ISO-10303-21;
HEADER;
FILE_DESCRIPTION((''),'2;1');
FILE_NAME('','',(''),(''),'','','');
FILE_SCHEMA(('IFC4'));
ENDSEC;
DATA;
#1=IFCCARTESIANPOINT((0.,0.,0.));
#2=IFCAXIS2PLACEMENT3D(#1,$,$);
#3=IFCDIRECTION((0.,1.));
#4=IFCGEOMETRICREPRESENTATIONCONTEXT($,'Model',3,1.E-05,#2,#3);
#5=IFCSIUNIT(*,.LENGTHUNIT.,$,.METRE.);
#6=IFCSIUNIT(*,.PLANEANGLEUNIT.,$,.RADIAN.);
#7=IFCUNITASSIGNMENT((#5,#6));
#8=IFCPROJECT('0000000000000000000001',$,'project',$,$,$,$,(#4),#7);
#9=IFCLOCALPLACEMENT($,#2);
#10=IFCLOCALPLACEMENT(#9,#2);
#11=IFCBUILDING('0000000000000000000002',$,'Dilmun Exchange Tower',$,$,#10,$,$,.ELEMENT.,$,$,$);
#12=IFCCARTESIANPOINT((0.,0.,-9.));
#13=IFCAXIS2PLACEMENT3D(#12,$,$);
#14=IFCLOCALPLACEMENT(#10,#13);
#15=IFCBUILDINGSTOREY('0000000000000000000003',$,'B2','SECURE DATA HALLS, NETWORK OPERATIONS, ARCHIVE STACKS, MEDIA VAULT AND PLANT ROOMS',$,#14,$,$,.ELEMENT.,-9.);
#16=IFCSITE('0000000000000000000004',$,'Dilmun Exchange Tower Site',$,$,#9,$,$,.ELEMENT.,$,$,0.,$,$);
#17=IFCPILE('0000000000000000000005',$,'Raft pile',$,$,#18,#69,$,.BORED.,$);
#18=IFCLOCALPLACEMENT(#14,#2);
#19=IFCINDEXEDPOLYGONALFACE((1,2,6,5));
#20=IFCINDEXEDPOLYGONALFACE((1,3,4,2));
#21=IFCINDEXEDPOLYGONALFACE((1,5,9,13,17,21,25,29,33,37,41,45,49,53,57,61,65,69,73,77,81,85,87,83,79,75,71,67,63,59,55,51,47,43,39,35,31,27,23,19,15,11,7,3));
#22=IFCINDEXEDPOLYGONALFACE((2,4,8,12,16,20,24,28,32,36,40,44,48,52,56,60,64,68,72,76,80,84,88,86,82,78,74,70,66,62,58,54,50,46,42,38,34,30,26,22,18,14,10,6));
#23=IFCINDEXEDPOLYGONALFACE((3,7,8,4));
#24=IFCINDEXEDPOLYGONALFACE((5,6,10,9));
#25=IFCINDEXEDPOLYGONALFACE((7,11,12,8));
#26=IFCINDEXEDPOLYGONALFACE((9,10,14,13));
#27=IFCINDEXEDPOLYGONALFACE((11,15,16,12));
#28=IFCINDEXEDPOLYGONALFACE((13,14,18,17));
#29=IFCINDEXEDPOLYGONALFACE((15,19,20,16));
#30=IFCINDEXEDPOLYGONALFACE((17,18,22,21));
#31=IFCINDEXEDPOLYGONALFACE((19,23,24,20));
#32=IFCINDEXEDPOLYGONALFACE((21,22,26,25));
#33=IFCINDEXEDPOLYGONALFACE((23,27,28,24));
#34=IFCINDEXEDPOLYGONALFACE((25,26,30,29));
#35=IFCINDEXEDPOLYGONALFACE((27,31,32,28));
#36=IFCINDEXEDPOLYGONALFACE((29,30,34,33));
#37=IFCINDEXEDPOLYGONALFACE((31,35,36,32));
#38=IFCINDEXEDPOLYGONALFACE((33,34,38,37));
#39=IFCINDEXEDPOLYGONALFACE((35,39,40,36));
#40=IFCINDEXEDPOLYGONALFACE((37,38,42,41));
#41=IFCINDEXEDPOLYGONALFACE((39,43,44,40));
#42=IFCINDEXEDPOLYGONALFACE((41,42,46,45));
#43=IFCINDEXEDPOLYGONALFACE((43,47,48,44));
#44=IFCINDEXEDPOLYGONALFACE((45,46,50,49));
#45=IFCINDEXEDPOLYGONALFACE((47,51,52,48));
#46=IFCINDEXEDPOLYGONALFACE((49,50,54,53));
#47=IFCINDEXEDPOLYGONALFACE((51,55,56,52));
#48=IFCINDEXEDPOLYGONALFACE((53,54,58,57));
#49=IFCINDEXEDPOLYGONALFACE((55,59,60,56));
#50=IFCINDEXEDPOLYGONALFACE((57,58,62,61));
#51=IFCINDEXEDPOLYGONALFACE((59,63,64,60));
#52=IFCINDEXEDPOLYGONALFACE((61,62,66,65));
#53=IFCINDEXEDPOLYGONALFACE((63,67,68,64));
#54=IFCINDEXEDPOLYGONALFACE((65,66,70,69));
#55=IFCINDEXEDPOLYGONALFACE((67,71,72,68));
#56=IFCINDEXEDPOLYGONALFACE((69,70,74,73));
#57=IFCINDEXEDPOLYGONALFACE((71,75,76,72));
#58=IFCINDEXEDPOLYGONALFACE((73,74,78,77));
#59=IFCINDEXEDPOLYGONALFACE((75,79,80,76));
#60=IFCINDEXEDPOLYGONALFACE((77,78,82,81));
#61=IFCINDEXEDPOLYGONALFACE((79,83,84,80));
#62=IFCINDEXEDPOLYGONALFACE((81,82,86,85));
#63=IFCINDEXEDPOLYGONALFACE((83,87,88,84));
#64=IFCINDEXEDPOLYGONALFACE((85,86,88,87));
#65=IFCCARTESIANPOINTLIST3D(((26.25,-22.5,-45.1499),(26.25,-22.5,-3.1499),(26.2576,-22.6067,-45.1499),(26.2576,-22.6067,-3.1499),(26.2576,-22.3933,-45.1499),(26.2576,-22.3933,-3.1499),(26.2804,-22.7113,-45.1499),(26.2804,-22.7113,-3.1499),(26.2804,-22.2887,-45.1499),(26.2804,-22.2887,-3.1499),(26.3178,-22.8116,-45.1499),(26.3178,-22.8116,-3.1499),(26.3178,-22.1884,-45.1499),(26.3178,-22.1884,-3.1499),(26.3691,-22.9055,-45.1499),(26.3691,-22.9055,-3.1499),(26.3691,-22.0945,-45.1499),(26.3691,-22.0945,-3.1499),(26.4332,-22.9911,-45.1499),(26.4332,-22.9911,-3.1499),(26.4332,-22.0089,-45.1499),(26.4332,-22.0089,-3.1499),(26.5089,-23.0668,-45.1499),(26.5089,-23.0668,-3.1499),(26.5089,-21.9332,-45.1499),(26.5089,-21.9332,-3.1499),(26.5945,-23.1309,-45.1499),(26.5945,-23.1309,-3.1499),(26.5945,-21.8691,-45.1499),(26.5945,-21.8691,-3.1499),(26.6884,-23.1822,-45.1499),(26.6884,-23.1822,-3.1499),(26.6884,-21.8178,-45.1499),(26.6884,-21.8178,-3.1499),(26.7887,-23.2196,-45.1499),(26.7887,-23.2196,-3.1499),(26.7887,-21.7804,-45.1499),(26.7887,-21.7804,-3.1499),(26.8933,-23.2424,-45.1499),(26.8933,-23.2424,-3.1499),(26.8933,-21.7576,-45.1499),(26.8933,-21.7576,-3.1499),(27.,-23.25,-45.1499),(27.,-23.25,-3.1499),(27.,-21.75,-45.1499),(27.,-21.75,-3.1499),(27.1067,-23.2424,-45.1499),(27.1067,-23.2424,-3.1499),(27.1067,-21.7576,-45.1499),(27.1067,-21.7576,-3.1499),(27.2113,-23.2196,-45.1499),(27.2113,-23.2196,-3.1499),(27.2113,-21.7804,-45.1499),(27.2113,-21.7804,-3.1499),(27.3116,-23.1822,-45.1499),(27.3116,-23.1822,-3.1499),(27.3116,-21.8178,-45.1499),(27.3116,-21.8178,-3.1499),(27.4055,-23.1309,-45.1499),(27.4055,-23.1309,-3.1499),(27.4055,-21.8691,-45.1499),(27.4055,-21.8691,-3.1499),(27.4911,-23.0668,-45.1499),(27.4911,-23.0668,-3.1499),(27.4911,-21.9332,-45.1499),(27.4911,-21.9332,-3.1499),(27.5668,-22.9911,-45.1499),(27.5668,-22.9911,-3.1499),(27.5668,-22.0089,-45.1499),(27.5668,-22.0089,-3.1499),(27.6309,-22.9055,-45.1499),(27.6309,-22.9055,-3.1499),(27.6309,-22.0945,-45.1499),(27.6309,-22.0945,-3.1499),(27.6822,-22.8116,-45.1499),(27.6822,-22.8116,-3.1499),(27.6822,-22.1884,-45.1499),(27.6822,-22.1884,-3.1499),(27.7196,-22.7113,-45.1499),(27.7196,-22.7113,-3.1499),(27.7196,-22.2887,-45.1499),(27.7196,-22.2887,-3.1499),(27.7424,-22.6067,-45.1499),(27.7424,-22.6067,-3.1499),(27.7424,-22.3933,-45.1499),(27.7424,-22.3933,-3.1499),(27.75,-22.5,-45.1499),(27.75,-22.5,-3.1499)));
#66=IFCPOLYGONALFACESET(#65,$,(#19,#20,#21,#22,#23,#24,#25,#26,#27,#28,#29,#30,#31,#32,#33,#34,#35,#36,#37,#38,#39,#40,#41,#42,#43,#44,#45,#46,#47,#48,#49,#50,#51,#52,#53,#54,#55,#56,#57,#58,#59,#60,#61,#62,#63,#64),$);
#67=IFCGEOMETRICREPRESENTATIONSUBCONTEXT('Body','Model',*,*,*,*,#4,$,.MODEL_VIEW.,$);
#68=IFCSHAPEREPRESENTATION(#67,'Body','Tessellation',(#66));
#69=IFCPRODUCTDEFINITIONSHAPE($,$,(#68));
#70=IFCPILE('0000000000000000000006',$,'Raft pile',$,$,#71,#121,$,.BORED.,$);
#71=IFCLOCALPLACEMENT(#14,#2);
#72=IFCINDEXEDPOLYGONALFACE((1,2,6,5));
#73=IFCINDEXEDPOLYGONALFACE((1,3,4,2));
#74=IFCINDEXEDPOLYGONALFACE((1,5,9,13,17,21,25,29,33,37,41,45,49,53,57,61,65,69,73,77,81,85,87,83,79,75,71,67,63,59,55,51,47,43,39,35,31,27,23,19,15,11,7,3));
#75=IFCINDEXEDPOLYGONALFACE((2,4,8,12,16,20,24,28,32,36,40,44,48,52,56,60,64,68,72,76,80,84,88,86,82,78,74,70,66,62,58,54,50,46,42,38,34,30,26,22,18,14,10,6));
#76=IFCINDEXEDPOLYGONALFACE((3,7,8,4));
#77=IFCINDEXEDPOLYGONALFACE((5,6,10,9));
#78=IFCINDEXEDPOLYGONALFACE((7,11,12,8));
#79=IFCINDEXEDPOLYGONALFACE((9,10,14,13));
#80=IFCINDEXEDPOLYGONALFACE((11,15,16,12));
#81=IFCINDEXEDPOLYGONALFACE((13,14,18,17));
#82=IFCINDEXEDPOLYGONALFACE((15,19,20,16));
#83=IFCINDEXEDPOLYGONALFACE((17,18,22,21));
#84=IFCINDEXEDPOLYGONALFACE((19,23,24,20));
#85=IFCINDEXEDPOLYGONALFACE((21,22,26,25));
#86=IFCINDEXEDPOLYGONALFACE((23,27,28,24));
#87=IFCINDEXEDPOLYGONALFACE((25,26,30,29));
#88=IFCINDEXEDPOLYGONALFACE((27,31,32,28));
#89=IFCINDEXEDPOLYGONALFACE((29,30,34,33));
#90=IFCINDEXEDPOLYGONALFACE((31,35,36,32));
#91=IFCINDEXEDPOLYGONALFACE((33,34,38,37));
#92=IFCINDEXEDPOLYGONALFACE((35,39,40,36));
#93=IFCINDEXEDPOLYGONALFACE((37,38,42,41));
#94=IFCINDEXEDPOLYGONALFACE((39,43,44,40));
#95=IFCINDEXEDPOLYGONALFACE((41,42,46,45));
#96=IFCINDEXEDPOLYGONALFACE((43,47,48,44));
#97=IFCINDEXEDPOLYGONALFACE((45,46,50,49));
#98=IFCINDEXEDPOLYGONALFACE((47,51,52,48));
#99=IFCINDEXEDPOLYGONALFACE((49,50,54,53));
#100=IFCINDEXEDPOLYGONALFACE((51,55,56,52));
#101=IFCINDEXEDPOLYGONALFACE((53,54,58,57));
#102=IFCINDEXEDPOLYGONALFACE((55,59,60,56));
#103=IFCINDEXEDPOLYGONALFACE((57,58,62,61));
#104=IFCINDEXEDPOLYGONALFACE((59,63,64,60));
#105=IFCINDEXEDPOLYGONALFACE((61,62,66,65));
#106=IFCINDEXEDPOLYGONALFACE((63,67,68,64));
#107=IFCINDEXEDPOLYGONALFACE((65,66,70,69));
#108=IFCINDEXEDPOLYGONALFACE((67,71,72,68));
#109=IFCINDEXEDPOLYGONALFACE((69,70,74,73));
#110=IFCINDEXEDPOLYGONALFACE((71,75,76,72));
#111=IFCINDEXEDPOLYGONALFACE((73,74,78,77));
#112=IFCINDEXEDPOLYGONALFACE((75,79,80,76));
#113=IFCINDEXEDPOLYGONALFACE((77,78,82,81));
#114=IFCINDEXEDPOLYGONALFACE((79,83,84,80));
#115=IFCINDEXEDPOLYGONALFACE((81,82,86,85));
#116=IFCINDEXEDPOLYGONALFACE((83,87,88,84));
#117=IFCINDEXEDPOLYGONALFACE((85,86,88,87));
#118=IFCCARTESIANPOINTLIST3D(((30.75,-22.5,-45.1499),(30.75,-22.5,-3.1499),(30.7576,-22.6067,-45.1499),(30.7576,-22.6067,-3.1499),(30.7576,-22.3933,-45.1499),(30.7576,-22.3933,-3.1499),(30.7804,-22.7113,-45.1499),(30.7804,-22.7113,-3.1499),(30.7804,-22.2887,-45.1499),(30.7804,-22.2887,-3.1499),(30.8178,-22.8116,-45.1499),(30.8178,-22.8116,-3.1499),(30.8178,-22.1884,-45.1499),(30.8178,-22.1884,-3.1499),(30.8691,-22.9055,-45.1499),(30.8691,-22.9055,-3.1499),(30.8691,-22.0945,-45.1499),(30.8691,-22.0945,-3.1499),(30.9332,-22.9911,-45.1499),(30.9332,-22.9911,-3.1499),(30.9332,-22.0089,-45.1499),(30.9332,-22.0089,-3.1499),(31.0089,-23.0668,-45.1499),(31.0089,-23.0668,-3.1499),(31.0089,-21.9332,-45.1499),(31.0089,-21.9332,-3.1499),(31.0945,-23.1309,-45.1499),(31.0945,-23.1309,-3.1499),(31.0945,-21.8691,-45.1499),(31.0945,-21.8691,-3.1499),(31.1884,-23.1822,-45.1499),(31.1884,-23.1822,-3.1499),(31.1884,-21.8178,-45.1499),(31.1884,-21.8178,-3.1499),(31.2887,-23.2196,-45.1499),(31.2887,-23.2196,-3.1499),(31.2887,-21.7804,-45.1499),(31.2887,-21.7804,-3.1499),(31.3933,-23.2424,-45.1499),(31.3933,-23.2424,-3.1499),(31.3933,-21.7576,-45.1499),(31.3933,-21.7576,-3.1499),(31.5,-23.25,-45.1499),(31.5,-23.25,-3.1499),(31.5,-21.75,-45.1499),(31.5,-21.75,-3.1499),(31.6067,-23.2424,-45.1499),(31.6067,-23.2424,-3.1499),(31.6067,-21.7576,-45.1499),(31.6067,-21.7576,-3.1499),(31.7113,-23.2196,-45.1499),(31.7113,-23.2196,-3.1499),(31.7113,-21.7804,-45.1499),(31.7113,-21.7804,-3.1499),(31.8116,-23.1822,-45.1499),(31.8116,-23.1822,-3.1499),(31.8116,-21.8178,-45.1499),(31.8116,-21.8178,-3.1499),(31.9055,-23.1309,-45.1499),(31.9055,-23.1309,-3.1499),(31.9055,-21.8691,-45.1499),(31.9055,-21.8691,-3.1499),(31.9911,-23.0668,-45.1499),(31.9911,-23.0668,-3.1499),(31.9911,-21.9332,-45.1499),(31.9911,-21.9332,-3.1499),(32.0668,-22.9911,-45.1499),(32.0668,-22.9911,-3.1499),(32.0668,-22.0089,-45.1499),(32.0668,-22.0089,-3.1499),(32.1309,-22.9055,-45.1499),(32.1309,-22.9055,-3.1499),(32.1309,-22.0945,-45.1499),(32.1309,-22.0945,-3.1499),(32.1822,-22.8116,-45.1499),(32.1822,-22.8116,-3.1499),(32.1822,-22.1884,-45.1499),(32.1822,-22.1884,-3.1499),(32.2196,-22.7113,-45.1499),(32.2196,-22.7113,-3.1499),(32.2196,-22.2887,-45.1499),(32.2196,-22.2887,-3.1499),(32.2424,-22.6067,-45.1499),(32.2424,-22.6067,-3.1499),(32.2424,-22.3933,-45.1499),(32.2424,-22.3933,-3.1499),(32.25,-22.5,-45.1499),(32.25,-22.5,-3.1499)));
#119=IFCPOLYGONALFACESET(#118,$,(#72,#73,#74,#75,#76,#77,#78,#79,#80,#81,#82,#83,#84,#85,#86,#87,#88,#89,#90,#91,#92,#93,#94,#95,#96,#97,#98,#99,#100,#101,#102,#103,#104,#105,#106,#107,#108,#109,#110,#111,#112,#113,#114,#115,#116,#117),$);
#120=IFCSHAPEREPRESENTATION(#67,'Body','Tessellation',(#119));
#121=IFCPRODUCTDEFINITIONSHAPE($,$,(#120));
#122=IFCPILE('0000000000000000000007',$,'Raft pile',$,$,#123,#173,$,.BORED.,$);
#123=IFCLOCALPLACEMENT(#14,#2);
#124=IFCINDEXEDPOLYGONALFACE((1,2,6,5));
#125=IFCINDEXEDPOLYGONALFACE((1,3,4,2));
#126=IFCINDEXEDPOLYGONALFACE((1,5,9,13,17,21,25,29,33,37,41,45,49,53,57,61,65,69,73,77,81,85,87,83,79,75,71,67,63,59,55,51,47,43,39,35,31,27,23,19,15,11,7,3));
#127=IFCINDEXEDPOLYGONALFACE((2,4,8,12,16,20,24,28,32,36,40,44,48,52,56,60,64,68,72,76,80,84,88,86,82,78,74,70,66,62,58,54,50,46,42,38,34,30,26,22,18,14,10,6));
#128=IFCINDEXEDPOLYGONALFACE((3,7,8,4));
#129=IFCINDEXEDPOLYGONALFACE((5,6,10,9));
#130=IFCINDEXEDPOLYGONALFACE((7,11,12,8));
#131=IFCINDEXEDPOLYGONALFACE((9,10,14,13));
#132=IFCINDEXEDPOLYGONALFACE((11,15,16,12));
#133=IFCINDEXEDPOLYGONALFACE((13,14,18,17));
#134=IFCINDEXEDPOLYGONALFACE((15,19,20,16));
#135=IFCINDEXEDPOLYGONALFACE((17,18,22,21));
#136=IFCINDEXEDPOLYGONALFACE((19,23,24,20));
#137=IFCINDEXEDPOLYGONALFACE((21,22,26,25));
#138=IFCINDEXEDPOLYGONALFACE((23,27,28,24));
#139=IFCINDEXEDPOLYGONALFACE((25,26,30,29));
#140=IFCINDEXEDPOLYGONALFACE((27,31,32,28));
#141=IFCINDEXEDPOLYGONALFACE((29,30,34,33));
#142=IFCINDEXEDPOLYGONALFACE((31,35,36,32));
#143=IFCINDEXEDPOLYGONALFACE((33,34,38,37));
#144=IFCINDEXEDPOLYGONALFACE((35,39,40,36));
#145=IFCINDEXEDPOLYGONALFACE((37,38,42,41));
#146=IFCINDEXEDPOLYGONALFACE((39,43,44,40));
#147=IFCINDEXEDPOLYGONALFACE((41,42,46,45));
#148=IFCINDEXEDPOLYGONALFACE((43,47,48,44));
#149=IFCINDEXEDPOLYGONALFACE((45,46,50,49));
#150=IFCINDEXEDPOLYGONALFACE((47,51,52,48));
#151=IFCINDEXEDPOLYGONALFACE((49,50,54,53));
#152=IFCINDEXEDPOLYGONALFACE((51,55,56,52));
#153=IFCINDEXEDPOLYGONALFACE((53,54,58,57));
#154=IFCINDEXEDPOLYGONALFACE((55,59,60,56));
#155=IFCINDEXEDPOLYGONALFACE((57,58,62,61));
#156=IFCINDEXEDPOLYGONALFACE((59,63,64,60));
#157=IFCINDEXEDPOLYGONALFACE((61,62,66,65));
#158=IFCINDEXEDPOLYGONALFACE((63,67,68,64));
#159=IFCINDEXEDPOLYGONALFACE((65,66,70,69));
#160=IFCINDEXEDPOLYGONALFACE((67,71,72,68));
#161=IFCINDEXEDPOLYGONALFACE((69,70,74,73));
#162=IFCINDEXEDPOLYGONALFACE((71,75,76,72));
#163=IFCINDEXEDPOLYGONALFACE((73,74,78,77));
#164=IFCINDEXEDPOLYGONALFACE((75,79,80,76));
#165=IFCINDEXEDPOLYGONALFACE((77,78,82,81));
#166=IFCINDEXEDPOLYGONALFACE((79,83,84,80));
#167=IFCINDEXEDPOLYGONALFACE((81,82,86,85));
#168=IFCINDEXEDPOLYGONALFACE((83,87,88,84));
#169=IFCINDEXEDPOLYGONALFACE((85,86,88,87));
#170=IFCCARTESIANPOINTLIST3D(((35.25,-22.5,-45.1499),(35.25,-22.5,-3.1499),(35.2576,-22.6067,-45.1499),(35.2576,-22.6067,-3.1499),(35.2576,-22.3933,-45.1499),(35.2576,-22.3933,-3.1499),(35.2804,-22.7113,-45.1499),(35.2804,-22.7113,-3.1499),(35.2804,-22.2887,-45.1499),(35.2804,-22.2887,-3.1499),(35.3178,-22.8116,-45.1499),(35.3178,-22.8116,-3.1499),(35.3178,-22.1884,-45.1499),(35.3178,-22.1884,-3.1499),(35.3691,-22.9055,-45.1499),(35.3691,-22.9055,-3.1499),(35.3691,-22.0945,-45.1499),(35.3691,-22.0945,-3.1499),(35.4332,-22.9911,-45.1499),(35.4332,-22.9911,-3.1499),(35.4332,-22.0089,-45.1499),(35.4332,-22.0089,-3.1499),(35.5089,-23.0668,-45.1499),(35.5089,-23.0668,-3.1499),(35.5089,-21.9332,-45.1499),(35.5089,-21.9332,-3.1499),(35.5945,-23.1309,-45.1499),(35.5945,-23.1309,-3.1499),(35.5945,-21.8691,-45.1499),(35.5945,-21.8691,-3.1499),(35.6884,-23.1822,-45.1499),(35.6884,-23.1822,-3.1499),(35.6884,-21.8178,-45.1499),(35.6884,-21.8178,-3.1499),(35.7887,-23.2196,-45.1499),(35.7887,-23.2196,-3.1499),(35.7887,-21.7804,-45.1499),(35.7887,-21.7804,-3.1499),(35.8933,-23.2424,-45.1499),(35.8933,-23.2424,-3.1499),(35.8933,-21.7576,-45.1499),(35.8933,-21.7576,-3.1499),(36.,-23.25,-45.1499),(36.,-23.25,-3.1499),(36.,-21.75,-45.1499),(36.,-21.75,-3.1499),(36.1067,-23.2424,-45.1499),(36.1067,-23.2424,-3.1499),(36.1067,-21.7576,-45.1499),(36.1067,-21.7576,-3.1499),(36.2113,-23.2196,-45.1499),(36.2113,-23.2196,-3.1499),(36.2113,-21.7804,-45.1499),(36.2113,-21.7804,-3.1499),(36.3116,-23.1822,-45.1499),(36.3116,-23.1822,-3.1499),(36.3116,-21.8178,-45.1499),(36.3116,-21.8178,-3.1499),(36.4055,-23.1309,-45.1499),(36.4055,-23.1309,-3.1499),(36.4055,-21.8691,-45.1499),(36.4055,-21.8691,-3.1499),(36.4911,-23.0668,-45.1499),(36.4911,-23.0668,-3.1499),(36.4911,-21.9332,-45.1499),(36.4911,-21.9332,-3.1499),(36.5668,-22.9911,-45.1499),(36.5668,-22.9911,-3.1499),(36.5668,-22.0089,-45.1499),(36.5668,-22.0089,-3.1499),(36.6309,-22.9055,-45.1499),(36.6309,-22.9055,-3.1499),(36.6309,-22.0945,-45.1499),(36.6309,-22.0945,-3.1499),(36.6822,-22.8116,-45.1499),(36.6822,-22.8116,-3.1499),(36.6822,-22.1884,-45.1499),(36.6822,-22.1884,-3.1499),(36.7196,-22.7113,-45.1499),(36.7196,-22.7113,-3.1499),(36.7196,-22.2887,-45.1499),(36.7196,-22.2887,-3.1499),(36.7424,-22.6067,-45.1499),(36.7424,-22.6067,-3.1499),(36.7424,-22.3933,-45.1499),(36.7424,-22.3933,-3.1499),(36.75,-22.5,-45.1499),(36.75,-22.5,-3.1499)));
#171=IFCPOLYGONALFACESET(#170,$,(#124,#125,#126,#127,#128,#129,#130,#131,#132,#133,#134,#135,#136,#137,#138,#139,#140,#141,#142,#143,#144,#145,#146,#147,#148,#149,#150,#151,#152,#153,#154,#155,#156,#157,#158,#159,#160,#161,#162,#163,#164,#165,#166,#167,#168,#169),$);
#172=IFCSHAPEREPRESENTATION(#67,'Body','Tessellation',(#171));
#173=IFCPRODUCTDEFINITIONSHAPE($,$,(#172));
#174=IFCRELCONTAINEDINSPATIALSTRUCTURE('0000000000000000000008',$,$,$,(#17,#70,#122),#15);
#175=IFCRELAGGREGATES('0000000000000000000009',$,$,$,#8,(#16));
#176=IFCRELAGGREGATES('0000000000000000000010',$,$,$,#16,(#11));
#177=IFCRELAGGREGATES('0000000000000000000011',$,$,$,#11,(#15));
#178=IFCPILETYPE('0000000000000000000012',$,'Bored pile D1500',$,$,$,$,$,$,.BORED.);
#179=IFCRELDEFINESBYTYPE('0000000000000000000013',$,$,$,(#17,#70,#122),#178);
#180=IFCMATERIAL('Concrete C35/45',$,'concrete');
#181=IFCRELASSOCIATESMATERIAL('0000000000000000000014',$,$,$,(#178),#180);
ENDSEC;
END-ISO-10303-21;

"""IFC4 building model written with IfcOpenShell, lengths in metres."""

from ifc_helpers import new_model, si_unit, direction, frame, origin, origin_2d, place, context, subcontext, project, spatial, circle, extrude, material, material_profile, profile_set, type_object, element, save


model = new_model("IFC4")

# Units and contexts
model_context = context("Model", 3, precision=1e-05, world=origin(), true_north=direction((0.0, 1.0)))
body_context = subcontext(model_context, "Body", "Model", "MODEL_VIEW")
ifc_project = project(units=[si_unit("LENGTHUNIT", "METRE"), si_unit("PLANEANGLEUNIT", "RADIAN")], contexts=[model_context])

# Site, building, storey
site_placement = place(None, origin())
site = spatial("IfcSite", under=ifc_project, at=site_placement, Name="Dilmun Exchange Tower Site", CompositionType="ELEMENT", RefElevation=0.0)
building_placement = place(site_placement, origin())
building = spatial("IfcBuilding", under=site, at=building_placement, Name="Dilmun Exchange Tower", CompositionType="ELEMENT")
storey_placement = place(building_placement, frame((0.0, 0.0, -9.0)))
storey = spatial("IfcBuildingStorey", under=building, at=storey_placement, Name="B2", Description="SECURE DATA HALLS, NETWORK OPERATIONS, ARCHIVE STACKS, MEDIA VAULT AND PLANT ROOMS", CompositionType="ELEMENT", Elevation=-9.0)

# Piles
ifc_material_1 = material(Name="Concrete C35/45", Category="concrete")
ifc_material_profile_1 = material_profile(ifc_material_1, circle(Radius=0.75, at=origin_2d()), Name="D1500")
ifc_profile_set_1 = profile_set([ifc_material_profile_1], Name="Concrete C35/45")
pile_type = type_object("IfcPileType", Name="Bored pile D1500", PredefinedType="BORED", material=ifc_profile_set_1)
for number, where, z_axis, x_axis, name in (
    (1, (27.0, -22.5, -3.1499), (0.0, 0.0, -1.0), (1.0, 0.0, 0.0), "Raft pile"),
    (2, (31.5, -22.5, -3.1499), (0.0, 0.0, -1.0), (1.0, 0.0, 0.0), "Raft pile"),
    (3, (36.0, -22.5, -3.1499), (0.0, 0.0, -1.0), (1.0, 0.0, 0.0), "Raft pile"),
):
    element("IfcPile", number, at=place(storey_placement, frame(where, z_axis=z_axis, x_axis=x_axis)), inside=storey, type_object=pile_type, Name=name, PredefinedType="BORED", context=body_context, shape_type="SweptSolid", body=[
        extrude(circle(Radius=0.75, at=origin_2d()), origin(), (0.0, 0.0, 1.0), 42.0),
    ])

save(model, "model.ifc")
